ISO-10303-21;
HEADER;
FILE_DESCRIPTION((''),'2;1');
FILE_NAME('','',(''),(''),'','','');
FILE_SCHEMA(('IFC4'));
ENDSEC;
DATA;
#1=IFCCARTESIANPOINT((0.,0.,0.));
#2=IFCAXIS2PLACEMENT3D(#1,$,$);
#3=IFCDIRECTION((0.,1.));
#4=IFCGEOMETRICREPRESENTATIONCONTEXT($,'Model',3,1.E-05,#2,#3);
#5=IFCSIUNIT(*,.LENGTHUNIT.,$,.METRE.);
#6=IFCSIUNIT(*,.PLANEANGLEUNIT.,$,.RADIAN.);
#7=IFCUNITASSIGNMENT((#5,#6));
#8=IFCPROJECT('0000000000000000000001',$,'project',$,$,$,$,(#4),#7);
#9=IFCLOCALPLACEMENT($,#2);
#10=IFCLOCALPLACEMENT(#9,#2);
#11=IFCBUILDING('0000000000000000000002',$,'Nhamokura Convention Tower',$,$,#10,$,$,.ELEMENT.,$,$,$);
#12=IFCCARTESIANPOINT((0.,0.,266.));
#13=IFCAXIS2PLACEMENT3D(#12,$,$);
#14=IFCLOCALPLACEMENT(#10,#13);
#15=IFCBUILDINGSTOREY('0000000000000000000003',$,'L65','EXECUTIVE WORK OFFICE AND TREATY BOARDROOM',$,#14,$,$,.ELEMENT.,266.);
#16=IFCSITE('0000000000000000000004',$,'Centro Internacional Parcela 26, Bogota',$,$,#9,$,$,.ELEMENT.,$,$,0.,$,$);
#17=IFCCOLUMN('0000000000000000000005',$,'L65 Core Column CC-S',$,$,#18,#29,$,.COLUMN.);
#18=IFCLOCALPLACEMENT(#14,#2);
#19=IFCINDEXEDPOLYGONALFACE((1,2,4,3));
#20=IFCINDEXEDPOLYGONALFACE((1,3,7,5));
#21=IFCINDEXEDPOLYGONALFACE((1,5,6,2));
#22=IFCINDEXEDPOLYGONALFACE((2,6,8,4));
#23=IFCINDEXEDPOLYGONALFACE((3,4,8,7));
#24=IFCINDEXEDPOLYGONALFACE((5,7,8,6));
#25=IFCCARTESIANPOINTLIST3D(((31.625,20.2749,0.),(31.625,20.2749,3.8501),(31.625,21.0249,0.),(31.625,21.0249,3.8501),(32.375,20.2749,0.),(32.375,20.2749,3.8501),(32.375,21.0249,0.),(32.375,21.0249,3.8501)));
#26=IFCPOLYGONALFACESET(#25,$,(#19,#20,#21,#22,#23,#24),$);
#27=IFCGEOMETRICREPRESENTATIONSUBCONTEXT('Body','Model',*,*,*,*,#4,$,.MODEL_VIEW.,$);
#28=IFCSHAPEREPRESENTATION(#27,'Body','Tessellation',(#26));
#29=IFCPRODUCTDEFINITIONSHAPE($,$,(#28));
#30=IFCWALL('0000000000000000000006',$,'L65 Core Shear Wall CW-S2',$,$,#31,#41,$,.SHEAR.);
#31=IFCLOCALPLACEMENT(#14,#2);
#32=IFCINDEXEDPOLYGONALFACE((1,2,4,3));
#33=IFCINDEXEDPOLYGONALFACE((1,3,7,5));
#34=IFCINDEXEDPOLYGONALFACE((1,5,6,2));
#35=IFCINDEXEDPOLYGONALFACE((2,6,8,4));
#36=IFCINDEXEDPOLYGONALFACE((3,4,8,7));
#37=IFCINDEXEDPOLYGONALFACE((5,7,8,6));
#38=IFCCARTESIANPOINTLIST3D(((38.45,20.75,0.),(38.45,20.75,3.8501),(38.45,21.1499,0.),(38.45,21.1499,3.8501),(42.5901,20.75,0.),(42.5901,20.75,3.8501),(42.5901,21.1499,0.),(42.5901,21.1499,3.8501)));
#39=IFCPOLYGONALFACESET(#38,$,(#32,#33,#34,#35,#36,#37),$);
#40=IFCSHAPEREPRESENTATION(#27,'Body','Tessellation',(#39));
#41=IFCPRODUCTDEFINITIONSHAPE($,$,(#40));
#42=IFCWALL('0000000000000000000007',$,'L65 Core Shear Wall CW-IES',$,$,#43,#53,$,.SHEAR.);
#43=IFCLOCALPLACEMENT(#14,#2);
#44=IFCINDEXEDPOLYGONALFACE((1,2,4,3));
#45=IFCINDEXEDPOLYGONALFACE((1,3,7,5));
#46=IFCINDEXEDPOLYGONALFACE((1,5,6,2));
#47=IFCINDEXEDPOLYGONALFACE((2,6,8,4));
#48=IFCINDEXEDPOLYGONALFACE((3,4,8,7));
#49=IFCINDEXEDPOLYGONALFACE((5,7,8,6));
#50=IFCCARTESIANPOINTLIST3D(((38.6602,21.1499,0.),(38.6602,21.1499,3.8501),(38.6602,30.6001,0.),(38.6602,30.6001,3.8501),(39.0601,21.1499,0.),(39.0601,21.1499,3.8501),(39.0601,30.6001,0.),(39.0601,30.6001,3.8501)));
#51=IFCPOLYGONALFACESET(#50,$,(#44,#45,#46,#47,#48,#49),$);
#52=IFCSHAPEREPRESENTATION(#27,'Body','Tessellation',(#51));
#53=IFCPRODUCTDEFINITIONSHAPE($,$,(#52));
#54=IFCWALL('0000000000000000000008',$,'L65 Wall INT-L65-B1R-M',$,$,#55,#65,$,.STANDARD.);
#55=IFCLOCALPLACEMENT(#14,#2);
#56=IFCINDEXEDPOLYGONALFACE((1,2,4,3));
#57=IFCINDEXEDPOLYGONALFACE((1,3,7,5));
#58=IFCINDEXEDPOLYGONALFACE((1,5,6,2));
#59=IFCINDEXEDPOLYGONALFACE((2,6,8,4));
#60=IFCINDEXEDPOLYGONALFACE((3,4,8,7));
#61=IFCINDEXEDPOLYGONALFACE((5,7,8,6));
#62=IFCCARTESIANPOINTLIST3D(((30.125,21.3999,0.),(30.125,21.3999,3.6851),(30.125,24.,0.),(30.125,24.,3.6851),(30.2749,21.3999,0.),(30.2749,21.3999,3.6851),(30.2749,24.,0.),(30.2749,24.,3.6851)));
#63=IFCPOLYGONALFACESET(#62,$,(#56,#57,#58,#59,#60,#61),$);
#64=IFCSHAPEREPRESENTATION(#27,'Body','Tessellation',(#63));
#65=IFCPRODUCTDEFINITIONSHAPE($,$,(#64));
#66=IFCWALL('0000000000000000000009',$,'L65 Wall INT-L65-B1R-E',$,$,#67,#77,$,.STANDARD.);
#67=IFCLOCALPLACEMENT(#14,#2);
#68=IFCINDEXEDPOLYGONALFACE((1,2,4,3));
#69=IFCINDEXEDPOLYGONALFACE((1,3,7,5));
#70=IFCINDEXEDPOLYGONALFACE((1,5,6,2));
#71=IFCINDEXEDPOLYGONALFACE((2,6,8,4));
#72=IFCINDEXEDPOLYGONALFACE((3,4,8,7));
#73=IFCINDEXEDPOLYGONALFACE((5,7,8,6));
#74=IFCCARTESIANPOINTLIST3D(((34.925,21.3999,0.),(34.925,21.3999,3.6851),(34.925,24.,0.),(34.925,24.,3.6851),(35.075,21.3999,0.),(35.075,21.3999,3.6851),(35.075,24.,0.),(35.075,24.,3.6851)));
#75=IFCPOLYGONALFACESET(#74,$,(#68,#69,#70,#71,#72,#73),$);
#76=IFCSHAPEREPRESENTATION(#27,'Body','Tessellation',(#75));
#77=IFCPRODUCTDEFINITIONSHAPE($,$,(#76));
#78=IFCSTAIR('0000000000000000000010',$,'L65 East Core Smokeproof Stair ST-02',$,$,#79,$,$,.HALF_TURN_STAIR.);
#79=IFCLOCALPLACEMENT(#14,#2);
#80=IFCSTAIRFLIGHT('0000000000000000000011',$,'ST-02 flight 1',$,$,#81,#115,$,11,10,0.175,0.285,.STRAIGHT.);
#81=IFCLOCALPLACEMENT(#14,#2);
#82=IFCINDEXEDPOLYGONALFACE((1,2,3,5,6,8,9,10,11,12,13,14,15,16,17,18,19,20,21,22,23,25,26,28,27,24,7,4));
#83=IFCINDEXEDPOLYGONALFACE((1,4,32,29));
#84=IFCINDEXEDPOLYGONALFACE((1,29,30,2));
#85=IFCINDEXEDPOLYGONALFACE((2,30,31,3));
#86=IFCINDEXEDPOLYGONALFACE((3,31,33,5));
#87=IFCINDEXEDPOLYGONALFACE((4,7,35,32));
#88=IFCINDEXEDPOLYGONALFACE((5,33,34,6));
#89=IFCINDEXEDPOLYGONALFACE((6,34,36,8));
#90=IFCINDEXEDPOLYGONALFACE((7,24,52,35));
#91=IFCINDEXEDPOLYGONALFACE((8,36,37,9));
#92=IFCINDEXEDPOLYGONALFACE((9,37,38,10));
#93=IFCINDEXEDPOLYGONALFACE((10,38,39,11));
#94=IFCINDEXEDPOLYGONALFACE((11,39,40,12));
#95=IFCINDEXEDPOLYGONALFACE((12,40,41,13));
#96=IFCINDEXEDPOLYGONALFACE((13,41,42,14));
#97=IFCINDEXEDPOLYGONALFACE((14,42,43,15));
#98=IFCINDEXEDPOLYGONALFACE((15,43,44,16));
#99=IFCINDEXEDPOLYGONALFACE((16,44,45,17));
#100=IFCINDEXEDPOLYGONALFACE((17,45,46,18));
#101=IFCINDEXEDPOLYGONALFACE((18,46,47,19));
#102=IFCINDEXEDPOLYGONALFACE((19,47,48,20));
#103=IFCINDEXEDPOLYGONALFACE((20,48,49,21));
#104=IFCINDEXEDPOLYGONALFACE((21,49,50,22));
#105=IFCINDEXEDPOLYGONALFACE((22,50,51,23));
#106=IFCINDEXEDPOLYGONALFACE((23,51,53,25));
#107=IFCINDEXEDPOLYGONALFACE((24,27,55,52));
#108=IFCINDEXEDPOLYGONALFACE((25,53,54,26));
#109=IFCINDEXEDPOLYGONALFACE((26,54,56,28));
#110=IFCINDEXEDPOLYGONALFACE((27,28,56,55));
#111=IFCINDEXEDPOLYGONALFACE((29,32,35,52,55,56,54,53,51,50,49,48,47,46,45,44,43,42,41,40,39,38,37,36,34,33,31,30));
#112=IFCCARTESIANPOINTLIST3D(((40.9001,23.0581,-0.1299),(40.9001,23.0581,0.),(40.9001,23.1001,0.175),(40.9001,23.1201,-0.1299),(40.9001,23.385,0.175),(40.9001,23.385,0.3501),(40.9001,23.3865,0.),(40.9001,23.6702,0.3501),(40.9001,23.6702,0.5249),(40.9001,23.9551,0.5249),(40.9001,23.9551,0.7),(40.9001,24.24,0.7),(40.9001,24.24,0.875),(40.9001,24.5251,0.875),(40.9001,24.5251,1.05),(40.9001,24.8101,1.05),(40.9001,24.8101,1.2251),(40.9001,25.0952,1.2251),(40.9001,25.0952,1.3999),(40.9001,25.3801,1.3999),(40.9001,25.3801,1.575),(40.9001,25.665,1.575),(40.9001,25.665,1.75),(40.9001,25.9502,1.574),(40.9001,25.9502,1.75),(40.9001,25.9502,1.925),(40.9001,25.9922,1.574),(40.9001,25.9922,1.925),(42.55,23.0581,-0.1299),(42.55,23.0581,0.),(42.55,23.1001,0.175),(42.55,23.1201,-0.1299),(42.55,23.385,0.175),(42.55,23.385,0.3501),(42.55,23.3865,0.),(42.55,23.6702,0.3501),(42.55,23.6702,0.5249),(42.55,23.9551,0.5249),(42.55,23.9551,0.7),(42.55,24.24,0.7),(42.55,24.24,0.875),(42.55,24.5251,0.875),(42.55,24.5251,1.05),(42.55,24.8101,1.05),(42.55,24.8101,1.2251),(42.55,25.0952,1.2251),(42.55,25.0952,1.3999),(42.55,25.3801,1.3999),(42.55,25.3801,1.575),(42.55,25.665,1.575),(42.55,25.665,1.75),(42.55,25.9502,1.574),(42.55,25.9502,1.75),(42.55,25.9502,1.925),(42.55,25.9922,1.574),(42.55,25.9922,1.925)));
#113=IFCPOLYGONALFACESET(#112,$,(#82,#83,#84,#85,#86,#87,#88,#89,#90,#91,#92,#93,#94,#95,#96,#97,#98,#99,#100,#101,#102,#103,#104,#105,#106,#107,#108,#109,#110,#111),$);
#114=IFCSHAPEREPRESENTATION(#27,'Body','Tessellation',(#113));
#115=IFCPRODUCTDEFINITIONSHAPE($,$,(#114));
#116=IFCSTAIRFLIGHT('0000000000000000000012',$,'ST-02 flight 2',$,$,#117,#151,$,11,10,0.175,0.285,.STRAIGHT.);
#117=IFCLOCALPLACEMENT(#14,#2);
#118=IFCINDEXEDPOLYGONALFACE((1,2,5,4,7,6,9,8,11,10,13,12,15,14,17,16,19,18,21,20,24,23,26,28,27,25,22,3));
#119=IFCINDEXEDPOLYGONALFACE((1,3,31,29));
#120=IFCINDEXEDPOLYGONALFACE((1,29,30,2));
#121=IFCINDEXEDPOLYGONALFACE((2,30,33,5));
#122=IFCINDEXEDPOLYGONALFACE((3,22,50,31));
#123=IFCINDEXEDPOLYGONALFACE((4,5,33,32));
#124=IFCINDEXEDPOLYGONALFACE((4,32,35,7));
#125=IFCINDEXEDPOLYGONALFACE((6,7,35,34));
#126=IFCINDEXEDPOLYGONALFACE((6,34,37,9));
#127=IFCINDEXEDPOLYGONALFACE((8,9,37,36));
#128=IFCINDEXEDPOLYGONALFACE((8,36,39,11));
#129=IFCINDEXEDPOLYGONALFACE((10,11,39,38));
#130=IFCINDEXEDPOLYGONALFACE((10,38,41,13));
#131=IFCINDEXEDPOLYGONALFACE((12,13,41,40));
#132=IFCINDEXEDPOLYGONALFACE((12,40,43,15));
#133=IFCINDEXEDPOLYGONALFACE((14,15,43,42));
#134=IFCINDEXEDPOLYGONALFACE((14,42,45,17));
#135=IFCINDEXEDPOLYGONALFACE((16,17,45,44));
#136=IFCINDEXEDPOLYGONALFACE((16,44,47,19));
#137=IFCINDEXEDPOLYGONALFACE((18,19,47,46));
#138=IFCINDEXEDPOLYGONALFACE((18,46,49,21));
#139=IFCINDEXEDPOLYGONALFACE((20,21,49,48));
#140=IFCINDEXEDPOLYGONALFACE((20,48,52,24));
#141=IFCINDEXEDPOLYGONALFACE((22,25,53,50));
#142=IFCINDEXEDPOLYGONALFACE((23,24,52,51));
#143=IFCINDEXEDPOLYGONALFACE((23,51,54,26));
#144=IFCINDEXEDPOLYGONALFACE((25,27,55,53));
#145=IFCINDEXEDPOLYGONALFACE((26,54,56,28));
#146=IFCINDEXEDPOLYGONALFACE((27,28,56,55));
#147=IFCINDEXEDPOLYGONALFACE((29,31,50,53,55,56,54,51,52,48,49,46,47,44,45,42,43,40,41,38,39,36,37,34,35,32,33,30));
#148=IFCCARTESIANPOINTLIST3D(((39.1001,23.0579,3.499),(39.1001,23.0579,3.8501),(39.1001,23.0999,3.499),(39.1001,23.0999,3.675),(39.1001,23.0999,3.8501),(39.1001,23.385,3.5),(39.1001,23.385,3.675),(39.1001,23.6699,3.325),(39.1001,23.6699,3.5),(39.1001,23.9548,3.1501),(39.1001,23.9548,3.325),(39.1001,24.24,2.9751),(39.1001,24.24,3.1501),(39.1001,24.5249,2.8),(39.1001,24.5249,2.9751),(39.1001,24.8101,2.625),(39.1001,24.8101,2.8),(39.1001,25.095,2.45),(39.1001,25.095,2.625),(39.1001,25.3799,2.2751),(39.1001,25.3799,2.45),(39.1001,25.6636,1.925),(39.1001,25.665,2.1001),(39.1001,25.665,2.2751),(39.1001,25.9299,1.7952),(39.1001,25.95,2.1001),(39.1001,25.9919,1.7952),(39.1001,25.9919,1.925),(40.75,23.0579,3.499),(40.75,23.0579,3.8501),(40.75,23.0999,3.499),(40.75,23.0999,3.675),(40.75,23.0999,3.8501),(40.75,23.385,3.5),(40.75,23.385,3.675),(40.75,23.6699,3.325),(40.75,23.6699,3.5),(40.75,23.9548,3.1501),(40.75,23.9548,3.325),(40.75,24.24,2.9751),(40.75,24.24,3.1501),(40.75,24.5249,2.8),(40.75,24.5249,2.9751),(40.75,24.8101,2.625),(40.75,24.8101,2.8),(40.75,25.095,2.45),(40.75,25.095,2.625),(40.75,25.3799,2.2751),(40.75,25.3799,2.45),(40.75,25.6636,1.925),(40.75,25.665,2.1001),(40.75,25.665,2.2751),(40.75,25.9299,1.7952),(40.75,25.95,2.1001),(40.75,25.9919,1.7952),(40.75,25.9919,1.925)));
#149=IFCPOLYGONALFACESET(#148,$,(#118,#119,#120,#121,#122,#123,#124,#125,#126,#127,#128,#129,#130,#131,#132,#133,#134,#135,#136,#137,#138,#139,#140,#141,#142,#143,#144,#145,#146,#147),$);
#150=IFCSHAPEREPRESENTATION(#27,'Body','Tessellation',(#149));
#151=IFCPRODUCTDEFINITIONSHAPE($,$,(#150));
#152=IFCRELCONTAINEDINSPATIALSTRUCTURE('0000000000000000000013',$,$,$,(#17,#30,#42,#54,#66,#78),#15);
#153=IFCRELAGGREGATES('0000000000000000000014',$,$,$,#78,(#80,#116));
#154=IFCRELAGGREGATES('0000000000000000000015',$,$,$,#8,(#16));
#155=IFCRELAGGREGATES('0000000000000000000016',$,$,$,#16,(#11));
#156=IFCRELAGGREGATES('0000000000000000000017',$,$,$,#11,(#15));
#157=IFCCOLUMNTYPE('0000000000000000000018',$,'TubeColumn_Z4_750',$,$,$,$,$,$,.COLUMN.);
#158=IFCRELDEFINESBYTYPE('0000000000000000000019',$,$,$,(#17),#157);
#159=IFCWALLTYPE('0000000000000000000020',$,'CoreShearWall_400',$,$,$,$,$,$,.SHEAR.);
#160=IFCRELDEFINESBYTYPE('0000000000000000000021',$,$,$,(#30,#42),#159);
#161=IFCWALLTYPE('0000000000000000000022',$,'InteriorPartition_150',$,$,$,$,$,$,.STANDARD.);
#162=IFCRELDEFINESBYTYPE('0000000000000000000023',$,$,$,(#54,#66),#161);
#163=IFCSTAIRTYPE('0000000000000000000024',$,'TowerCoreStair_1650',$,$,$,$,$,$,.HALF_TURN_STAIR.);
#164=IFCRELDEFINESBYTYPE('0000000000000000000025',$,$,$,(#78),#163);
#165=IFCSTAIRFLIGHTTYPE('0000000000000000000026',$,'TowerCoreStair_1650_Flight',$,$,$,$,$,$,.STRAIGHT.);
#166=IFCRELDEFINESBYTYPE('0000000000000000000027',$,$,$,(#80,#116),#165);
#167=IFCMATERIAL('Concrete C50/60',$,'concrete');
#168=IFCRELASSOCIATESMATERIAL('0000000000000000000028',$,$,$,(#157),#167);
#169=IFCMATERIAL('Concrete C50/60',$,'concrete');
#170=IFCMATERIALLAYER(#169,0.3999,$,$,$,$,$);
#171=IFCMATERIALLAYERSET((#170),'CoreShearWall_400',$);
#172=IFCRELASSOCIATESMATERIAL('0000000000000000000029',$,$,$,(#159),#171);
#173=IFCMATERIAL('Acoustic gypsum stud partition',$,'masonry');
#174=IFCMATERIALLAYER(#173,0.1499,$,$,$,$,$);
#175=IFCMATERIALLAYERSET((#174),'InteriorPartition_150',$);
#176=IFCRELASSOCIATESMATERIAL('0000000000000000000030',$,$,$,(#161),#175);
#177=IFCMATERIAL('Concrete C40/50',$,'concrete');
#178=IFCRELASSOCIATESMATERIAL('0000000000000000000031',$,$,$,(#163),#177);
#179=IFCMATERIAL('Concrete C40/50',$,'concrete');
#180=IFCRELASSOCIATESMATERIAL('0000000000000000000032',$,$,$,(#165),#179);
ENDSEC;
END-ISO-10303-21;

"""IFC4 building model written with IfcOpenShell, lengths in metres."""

from ifc_helpers import new_model, si_unit, direction, frame, frame_2d, origin, origin_2d, place, context, subcontext, project, spatial, polyline, rectangle, outline, extrude, material, layer, layer_set, material_profile, profile_set, type_object, element, aggregate, save


model = new_model("IFC4")

# Units and contexts
model_context = context("Model", 3, precision=1e-05, world=origin(), true_north=direction((0.0, 1.0)))
body_context = subcontext(model_context, "Body", "Model", "MODEL_VIEW")
ifc_project = project(units=[si_unit("LENGTHUNIT", "METRE"), si_unit("PLANEANGLEUNIT", "RADIAN")], contexts=[model_context])

# Site, building, storey
site_placement = place(None, origin())
site = spatial("IfcSite", under=ifc_project, at=site_placement, Name="Centro Internacional Parcela 26, Bogota", CompositionType="ELEMENT", RefElevation=0.0)
building_placement = place(site_placement, origin())
building = spatial("IfcBuilding", under=site, at=building_placement, Name="Nhamokura Convention Tower", CompositionType="ELEMENT")
storey_placement = place(building_placement, frame((0.0, 0.0, 266.0)))
storey = spatial("IfcBuildingStorey", under=building, at=storey_placement, Name="L65", Description="EXECUTIVE WORK OFFICE AND TREATY BOARDROOM", CompositionType="ELEMENT", Elevation=266.0)

# Column
ifc_material_1 = material(Name="Concrete C50/60", Category="concrete")
ifc_material_profile = material_profile(ifc_material_1, rectangle(XDim=0.75, YDim=0.75, at=origin_2d()))
ifc_profile_set = profile_set([ifc_material_profile], Name="Concrete C50/60")
column_type = type_object("IfcColumnType", Name="TubeColumn_Z4_750", PredefinedType="COLUMN", material=ifc_profile_set)
column_placement = place(storey_placement, frame((32.0, 20.6499, 0.0), z_axis=(0.0, 0.0, 1.0), x_axis=(1.0, 0.0, 0.0)))
element("IfcColumn", 1, at=column_placement, inside=storey, type_object=column_type, Name="L65 Core Column CC-S", PredefinedType="COLUMN", context=body_context, shape_type="SweptSolid", body=[
    extrude(rectangle(XDim=0.75, YDim=0.75, at=origin_2d()), origin(), (0.0, 0.0, 1.0), 3.8501),
])

# Shared definitions
ifc_material_2 = material(Name="Concrete C50/60", Category="concrete")
ifc_layer_1 = layer(ifc_material_2, 0.3999)
ifc_layer_set_1 = layer_set([ifc_layer_1], Name="CoreShearWall_400")
wall_type_1 = type_object("IfcWallType", Name="CoreShearWall_400", PredefinedType="SHEAR", material=ifc_layer_set_1)

# Walls
wall_1_placement = place(storey_placement, frame((38.45, 20.95, 0.0), z_axis=(0.0, 0.0, 1.0), x_axis=(1.0, 0.0, 0.0)))
element("IfcWall", 2, at=wall_1_placement, inside=storey, type_object=wall_type_1, Name="L65 Core Shear Wall CW-S2", PredefinedType="SHEAR", context=body_context, shape_type="SweptSolid", body=[
    extrude(rectangle(XDim=4.1401, YDim=0.3999, at=frame_2d((2.0701, 0.0))), origin(), (0.0, 0.0, 1.0), 3.8501),
])
wall_2_placement = place(storey_placement, frame((38.8601, 21.1499, 0.0), z_axis=(0.0, 0.0, 1.0), x_axis=(0.0, 1.0, 0.0)))
element("IfcWall", 3, at=wall_2_placement, inside=storey, type_object=wall_type_1, Name="L65 Core Shear Wall CW-IES", PredefinedType="SHEAR", context=body_context, shape_type="SweptSolid", body=[
    extrude(rectangle(XDim=9.4502, YDim=0.3999, at=frame_2d((4.7251, 0.0))), origin(), (0.0, 0.0, 1.0), 3.8501),
])

# Walls
ifc_material_3 = material(Name="Acoustic gypsum stud partition", Category="masonry")
ifc_layer_2 = layer(ifc_material_3, 0.1499)
ifc_layer_set_2 = layer_set([ifc_layer_2], Name="InteriorPartition_150")
wall_type_2 = type_object("IfcWallType", Name="InteriorPartition_150", PredefinedType="STANDARD", material=ifc_layer_set_2)
for number, where, z_axis, x_axis, name in (
    (4, (30.2, 21.3999, 0.0), (0.0, 0.0, 1.0), (0.0, 1.0, 0.0), "L65 Wall INT-L65-B1R-M"),
    (5, (35.0, 21.3999, 0.0), (0.0, 0.0, 1.0), (0.0, 1.0, 0.0), "L65 Wall INT-L65-B1R-E"),
):
    element("IfcWall", number, at=place(storey_placement, frame(where, z_axis=z_axis, x_axis=x_axis)), inside=storey, type_object=wall_type_2, Name=name, PredefinedType="STANDARD", context=body_context, shape_type="SweptSolid", body=[
        extrude(rectangle(XDim=2.6001, YDim=0.1499, at=frame_2d((1.3, 0.0))), origin(), (0.0, 0.0, 1.0), 3.6851),
    ])

# Stair, stair flights
ifc_material_4 = material(Name="Concrete C40/50", Category="concrete")
stair_type = type_object("IfcStairType", Name="TowerCoreStair_1650", PredefinedType="HALF_TURN_STAIR", material=ifc_material_4)
stair_placement = place(storey_placement, origin())
stair = element("IfcStair", 6, at=stair_placement, inside=storey, type_object=stair_type, Name="L65 East Core Smokeproof Stair ST-02", PredefinedType="HALF_TURN_STAIR")
ifc_material_5 = material(Name="Concrete C40/50", Category="concrete")
stair_flight_type = type_object("IfcStairFlightType", Name="TowerCoreStair_1650_Flight", PredefinedType="STRAIGHT", material=ifc_material_5)
stair_flight_1_placement = place(storey_placement, frame((41.7251, 23.1001, 0.0), z_axis=(0.0, 0.0, 1.0), x_axis=(0.0, 1.0, 0.0)))
stair_flight_1 = element("IfcStairFlight", 7, at=stair_flight_1_placement, type_object=stair_flight_type, Name="ST-02 flight 1", NumberOfRisers=11, NumberOfTreads=10, PredefinedType="STRAIGHT", RiserHeight=0.175, TreadLength=0.285, context=body_context, shape_type="SweptSolid", body=[
    extrude(outline(polyline([(-0.042, 0.0), (0.0, 0.175), (0.2849, 0.175), (0.2849, 0.3501), (0.5701, 0.3501), (0.5701, 0.5249), (0.855, 0.5249), (0.855, 0.7), (1.1399, 0.7), (1.1399, 0.875), (1.425, 0.875), (1.425, 1.05), (1.71, 1.05), (1.71, 1.2251), (1.9951, 1.2251), (1.9951, 1.3999), (2.28, 1.3999), (2.28, 1.575), (2.5649, 1.575), (2.5649, 1.75), (2.8501, 1.75), (2.8501, 1.925), (2.8921, 1.925), (2.8921, 1.574), (2.8501, 1.574), (0.2864, 0.0), (0.02, -0.1299), (-0.042, -0.1299), (-0.042, 0.0)])), frame((0.0, 0.825, 0.0), z_axis=(0.0, -1.0, 0.0), x_axis=(1.0, 0.0, 0.0)), (0.0, 0.0, 1.0), 1.6499),
])
stair_flight_2_placement = place(storey_placement, frame((39.925, 25.95, 1.925), z_axis=(0.0, 0.0, 1.0), x_axis=(0.0, -1.0, 0.0)))
stair_flight_2 = element("IfcStairFlight", 8, at=stair_flight_2_placement, type_object=stair_flight_type, Name="ST-02 flight 2", NumberOfRisers=11, NumberOfTreads=10, PredefinedType="STRAIGHT", RiserHeight=0.175, TreadLength=0.285, context=body_context, shape_type="SweptSolid", body=[
    extrude(outline(polyline([(-0.042, 0.0), (0.0, 0.175), (0.2849, 0.175), (0.2849, 0.3501), (0.5701, 0.3501), (0.5701, 0.5249), (0.855, 0.5249), (0.855, 0.7), (1.1399, 0.7), (1.1399, 0.875), (1.425, 0.875), (1.425, 1.05), (1.71, 1.05), (1.71, 1.2251), (1.9951, 1.2251), (1.9951, 1.3999), (2.28, 1.3999), (2.28, 1.575), (2.5649, 1.575), (2.5649, 1.75), (2.8501, 1.75), (2.8501, 1.925), (2.8921, 1.925), (2.8921, 1.574), (2.8501, 1.574), (0.2864, 0.0), (0.02, -0.1299), (-0.042, -0.1299), (-0.042, 0.0)])), frame((0.0, 0.825, 0.0), z_axis=(0.0, -1.0, 0.0), x_axis=(1.0, 0.0, 0.0)), (0.0, 0.0, 1.0), 1.6499),
])
aggregate(stair, [stair_flight_1, stair_flight_2])

save(model, "model.ifc")
